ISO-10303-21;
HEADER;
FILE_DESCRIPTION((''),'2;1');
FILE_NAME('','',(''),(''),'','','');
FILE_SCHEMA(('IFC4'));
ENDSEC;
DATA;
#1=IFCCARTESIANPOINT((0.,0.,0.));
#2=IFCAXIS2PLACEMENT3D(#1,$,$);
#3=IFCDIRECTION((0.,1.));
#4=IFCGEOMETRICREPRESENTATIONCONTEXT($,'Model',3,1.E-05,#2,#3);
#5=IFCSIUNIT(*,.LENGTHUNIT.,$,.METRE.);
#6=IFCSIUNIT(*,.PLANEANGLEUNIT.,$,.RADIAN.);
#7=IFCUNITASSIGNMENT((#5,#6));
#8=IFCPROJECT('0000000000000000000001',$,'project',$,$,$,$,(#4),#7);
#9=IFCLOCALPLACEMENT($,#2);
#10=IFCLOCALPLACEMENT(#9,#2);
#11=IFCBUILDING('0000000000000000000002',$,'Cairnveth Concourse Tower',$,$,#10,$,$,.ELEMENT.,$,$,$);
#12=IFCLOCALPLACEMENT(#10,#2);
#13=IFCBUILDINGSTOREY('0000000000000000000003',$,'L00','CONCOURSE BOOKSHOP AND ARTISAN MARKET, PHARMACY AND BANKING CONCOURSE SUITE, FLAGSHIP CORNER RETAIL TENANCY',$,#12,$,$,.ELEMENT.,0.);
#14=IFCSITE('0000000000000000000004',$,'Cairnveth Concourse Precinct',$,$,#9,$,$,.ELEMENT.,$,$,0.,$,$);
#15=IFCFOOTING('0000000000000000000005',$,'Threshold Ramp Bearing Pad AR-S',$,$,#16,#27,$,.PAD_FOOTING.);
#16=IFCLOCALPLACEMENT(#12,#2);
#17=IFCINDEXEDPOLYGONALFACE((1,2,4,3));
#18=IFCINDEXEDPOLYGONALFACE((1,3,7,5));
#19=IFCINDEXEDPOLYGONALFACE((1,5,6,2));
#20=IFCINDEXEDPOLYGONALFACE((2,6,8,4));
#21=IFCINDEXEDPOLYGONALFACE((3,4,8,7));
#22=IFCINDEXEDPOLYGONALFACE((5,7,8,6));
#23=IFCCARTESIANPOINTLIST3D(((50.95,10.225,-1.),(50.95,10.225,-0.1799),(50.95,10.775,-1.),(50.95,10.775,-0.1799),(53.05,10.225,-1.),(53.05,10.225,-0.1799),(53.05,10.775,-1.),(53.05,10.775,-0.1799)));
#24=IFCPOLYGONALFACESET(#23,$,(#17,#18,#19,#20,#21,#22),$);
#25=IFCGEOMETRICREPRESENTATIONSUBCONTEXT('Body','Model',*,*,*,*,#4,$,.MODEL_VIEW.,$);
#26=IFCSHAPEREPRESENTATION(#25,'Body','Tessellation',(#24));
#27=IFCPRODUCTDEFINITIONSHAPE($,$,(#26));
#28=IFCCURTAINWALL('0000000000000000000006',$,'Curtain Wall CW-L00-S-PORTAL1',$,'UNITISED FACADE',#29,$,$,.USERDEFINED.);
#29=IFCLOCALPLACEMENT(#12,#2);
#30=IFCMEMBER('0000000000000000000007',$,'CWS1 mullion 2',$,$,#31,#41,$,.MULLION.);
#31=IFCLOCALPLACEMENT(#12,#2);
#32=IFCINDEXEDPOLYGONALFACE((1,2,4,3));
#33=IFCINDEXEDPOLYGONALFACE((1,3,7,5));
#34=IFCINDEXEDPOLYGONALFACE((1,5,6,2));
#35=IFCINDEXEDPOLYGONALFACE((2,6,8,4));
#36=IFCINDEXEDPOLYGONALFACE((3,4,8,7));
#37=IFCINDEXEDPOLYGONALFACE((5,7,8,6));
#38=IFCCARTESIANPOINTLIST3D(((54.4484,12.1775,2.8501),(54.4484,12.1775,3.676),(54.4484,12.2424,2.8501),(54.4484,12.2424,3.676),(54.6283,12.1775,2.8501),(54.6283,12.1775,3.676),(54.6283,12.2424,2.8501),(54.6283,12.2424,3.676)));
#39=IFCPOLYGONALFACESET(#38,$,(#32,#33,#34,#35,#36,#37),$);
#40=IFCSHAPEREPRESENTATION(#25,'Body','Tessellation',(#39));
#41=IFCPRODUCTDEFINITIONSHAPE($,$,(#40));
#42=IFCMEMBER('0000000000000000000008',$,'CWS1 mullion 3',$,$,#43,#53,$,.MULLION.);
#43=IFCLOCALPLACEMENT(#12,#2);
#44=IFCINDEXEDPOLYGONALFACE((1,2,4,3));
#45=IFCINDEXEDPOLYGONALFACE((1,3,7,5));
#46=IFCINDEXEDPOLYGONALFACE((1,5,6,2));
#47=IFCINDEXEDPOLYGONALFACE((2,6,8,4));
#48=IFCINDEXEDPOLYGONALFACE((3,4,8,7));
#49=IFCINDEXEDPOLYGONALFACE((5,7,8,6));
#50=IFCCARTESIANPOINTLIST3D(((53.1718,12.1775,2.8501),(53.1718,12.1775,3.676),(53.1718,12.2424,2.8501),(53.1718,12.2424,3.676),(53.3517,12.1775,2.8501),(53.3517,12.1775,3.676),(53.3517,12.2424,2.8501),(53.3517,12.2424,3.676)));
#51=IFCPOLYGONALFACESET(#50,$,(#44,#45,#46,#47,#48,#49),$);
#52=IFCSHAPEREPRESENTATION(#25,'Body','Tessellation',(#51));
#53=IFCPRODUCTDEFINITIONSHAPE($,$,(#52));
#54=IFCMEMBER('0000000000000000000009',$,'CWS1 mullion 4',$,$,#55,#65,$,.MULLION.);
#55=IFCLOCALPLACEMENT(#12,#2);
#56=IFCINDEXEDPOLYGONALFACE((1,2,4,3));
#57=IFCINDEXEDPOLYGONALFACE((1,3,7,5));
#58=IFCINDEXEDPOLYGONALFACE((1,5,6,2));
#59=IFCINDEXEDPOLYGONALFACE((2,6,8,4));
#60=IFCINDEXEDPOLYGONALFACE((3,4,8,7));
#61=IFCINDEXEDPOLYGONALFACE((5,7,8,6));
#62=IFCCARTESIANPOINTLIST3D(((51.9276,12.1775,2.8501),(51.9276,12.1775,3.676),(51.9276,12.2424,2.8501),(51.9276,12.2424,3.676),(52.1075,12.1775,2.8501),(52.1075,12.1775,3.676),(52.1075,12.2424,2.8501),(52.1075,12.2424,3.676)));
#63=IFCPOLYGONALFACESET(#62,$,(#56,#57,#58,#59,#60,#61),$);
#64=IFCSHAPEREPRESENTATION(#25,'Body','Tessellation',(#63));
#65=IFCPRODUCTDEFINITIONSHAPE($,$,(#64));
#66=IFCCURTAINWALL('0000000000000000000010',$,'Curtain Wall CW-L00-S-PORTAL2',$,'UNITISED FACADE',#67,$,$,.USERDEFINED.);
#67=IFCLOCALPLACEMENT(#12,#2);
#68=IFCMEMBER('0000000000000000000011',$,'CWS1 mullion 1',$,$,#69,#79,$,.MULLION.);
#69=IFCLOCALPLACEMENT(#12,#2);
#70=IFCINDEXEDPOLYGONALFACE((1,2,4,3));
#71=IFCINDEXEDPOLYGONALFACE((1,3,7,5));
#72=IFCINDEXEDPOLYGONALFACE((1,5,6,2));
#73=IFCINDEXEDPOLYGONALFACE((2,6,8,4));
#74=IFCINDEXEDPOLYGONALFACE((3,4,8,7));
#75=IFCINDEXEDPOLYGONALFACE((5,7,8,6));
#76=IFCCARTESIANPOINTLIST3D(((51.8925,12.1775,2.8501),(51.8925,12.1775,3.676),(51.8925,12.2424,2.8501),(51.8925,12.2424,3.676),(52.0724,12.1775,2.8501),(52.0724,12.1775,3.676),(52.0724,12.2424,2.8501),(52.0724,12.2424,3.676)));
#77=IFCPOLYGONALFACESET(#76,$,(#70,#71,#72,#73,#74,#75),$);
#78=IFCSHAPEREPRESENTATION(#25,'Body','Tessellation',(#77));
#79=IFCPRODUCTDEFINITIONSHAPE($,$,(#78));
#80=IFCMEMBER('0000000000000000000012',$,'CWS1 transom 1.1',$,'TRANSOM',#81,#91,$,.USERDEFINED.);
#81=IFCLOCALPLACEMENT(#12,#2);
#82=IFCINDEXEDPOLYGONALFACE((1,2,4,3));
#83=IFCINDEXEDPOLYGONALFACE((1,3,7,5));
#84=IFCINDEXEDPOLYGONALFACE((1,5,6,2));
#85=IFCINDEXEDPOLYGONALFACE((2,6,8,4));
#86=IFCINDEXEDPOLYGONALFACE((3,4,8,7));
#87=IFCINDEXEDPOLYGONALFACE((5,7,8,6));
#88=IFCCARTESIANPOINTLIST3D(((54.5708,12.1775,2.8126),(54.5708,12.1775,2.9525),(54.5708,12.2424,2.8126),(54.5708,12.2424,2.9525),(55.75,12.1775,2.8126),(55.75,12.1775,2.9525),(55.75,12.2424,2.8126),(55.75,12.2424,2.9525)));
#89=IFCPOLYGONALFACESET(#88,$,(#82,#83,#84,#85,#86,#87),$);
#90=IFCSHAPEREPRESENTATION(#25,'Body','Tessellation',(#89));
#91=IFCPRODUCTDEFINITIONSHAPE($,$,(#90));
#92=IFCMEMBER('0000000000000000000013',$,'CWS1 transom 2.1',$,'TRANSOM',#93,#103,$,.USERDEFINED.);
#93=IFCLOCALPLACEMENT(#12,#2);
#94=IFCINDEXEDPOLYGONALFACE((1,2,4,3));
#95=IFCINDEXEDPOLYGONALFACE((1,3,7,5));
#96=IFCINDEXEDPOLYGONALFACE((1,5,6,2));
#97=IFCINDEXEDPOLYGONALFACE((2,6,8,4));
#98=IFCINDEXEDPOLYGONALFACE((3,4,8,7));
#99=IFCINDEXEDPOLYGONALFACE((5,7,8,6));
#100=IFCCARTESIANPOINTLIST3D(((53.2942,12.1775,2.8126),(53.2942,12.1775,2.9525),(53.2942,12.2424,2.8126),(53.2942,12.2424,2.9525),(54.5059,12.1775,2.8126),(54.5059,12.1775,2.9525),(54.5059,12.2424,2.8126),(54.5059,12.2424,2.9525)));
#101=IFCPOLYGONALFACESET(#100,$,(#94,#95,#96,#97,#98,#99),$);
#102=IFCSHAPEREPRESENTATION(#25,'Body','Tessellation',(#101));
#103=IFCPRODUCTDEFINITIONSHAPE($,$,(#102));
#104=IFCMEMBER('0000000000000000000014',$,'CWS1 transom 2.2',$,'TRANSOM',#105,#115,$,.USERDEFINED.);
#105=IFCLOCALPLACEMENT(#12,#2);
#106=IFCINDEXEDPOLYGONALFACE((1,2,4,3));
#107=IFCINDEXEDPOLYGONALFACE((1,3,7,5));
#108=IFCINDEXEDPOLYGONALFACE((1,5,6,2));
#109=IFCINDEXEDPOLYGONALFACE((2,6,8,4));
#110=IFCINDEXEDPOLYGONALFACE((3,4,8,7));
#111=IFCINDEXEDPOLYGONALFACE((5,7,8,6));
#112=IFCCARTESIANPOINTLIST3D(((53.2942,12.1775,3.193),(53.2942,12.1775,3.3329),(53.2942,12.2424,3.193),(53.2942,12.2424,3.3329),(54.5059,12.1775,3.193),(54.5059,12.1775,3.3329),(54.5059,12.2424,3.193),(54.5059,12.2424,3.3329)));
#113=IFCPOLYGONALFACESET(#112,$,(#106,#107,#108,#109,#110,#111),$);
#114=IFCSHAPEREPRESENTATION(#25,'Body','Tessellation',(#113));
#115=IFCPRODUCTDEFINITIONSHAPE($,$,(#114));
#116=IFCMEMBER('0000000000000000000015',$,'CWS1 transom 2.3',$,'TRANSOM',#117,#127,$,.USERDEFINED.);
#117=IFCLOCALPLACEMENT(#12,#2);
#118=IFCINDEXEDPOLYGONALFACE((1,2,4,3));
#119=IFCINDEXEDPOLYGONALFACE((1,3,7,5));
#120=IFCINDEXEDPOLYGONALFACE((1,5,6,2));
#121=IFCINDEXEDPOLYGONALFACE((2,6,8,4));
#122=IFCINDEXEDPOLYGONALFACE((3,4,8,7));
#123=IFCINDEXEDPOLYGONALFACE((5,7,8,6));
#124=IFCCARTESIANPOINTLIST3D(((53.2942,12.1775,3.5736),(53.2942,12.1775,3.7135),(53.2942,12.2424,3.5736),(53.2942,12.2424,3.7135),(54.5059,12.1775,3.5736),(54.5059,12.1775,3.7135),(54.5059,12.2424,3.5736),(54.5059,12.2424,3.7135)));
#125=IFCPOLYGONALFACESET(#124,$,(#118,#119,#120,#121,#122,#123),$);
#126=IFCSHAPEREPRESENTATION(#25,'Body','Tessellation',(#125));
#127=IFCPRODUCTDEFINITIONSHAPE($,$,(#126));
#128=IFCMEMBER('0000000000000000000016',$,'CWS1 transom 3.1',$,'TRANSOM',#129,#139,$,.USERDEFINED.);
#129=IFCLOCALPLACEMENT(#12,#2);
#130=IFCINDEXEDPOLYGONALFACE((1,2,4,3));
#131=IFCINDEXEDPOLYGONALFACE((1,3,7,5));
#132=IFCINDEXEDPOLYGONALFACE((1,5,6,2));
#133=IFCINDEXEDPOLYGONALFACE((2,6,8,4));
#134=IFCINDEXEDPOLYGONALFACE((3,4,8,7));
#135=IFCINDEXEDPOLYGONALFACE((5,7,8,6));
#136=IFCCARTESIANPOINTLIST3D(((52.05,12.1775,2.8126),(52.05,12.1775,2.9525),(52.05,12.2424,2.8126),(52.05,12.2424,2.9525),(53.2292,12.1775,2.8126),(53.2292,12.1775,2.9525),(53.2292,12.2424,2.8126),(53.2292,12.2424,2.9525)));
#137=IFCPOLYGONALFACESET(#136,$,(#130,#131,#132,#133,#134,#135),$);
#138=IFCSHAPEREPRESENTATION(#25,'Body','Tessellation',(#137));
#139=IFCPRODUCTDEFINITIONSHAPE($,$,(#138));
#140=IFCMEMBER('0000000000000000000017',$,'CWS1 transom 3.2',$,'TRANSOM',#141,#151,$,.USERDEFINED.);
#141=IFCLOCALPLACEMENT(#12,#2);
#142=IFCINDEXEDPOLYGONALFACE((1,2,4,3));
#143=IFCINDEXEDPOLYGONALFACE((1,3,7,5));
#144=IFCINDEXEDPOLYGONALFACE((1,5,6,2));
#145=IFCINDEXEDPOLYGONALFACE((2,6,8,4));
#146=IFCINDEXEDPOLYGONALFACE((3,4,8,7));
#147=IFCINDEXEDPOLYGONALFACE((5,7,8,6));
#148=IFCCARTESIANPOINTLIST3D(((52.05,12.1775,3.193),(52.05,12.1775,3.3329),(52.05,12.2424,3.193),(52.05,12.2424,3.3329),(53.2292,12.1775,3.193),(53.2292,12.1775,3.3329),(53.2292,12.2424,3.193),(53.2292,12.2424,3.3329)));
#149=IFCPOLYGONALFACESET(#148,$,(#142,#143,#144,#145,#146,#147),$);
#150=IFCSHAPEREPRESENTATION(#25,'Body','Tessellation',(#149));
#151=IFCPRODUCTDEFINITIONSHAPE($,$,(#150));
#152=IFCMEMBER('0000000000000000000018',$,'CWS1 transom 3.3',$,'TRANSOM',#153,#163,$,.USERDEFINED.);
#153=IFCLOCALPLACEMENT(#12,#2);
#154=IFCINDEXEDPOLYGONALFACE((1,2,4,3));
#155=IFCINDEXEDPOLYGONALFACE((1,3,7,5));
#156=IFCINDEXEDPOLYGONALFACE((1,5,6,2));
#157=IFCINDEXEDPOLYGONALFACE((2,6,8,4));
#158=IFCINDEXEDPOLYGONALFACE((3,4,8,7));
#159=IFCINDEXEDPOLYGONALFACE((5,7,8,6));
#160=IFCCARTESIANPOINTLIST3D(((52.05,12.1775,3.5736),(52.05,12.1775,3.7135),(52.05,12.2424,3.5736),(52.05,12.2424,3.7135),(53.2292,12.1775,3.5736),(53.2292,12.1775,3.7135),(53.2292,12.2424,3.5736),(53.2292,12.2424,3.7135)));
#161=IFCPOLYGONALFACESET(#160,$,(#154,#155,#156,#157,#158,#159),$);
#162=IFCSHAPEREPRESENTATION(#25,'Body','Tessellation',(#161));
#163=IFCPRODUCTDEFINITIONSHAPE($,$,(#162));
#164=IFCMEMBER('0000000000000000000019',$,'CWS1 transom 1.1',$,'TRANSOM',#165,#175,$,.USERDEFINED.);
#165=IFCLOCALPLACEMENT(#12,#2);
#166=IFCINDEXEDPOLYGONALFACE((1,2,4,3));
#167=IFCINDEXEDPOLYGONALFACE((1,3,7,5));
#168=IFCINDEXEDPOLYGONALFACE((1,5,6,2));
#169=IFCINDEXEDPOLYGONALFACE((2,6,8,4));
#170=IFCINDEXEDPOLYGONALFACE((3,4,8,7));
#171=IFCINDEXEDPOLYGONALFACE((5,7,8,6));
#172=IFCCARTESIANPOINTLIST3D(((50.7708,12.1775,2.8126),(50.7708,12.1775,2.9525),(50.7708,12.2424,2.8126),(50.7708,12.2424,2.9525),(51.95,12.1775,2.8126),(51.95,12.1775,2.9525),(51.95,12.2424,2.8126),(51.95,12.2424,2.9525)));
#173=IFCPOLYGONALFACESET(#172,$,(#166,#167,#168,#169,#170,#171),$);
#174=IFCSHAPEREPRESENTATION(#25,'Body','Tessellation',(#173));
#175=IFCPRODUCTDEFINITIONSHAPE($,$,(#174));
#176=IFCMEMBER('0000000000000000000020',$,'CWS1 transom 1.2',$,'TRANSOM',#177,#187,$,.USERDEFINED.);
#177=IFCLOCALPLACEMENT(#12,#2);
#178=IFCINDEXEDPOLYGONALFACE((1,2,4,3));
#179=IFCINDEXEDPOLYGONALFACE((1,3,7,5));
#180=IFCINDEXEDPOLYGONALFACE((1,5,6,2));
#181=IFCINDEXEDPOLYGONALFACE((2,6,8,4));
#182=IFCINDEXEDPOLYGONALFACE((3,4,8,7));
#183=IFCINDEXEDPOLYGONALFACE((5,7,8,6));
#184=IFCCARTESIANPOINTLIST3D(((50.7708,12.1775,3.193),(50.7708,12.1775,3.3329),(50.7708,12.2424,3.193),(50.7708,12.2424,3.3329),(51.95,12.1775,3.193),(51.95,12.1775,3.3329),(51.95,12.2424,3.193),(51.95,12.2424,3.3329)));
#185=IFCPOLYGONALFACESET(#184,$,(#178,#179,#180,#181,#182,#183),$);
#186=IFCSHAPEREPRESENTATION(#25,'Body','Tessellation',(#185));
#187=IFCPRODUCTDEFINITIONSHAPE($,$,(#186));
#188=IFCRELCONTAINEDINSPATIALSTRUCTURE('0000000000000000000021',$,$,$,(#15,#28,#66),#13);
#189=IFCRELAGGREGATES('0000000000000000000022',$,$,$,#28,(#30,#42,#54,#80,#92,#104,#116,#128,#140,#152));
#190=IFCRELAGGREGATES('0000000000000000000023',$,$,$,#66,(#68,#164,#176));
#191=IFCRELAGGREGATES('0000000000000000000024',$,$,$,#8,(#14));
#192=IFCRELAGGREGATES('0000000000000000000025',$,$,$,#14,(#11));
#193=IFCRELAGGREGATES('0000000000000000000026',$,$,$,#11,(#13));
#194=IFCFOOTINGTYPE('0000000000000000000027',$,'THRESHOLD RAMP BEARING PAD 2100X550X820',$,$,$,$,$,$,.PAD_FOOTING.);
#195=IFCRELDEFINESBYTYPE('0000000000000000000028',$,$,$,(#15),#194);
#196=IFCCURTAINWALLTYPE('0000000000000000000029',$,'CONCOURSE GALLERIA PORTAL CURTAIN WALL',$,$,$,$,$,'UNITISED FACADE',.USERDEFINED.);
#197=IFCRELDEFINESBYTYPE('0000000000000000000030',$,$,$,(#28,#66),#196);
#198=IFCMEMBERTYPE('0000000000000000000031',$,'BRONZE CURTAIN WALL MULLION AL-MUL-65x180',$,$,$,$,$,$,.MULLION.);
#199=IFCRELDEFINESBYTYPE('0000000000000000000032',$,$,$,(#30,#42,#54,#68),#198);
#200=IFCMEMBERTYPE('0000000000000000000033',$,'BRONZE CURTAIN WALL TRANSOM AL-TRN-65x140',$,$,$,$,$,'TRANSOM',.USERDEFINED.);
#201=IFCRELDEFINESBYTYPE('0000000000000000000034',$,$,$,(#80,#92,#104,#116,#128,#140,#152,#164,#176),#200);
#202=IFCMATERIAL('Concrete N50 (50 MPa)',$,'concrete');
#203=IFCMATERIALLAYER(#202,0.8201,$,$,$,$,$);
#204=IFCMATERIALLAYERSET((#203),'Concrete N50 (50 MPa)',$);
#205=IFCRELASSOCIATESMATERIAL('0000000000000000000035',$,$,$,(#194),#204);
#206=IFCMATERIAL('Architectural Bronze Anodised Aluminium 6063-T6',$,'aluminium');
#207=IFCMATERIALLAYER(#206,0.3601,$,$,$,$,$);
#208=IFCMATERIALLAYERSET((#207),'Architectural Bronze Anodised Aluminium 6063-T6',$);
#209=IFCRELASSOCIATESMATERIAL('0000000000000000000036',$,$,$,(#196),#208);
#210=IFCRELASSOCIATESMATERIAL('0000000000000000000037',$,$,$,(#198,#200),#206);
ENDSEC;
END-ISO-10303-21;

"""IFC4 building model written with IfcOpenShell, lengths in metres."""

from ifc_helpers import new_model, si_unit, direction, frame, origin, origin_2d, place, context, subcontext, project, spatial, rectangle, extrude, material, layer, layer_set, material_profile, profile_set, type_object, element, aggregate, save


model = new_model("IFC4")

# Units and contexts
model_context = context("Model", 3, precision=1e-05, world=origin(), true_north=direction((0.0, 1.0)))
body_context = subcontext(model_context, "Body", "Model", "MODEL_VIEW")
ifc_project = project(units=[si_unit("LENGTHUNIT", "METRE"), si_unit("PLANEANGLEUNIT", "RADIAN")], contexts=[model_context])

# Site, building, storey
site_placement = place(None, origin())
site = spatial("IfcSite", under=ifc_project, at=site_placement, Name="Cairnveth Concourse Precinct", CompositionType="ELEMENT", RefElevation=0.0)
building_placement = place(site_placement, origin())
building = spatial("IfcBuilding", under=site, at=building_placement, Name="Cairnveth Concourse Tower", CompositionType="ELEMENT")
storey_placement = place(building_placement, origin())
storey = spatial("IfcBuildingStorey", under=building, at=storey_placement, Name="L00", Description="CONCOURSE BOOKSHOP AND ARTISAN MARKET, PHARMACY AND BANKING CONCOURSE SUITE, FLAGSHIP CORNER RETAIL TENANCY", CompositionType="ELEMENT", Elevation=0.0)

# Footing
ifc_material_1 = material(Name="Concrete N50 (50 MPa)", Category="concrete")
ifc_layer_1 = layer(ifc_material_1, 0.8201)
ifc_layer_set_1 = layer_set([ifc_layer_1], Name="Concrete N50 (50 MPa)")
footing_type = type_object("IfcFootingType", Name="THRESHOLD RAMP BEARING PAD 2100X550X820", PredefinedType="PAD_FOOTING", material=ifc_layer_set_1)
footing_placement = place(storey_placement, frame((52.0, 10.5, -1.0), z_axis=(0.0, 0.0, 1.0), x_axis=(1.0, 0.0, 0.0)))
element("IfcFooting", 1, at=footing_placement, inside=storey, type_object=footing_type, Name="Threshold Ramp Bearing Pad AR-S", PredefinedType="PAD_FOOTING", context=body_context, shape_type="SweptSolid", body=[
    extrude(rectangle(XDim=2.1001, YDim=0.55, at=origin_2d()), origin(), (0.0, 0.0, 1.0), 0.8201),
])

# Curtain wall, members
ifc_material_2 = material(Name="Architectural Bronze Anodised Aluminium 6063-T6", Category="aluminium")
ifc_layer_2 = layer(ifc_material_2, 0.3601)
ifc_layer_set_2 = layer_set([ifc_layer_2], Name="Architectural Bronze Anodised Aluminium 6063-T6")
curtain_wall_type = type_object("IfcCurtainWallType", Name="CONCOURSE GALLERIA PORTAL CURTAIN WALL", ElementType="UNITISED FACADE", PredefinedType="USERDEFINED", material=ifc_layer_set_2)
curtain_wall_1_placement = place(storey_placement, origin())
curtain_wall_1 = element("IfcCurtainWall", 2, at=curtain_wall_1_placement, inside=storey, type_object=curtain_wall_type, Name="Curtain Wall CW-L00-S-PORTAL1", ObjectType="UNITISED FACADE", PredefinedType="USERDEFINED")
ifc_material_profile_1 = material_profile(ifc_material_2, rectangle(XDim=0.0649, YDim=0.1799, at=origin_2d()), Name="AL-MUL-65x180")
ifc_profile_set_1 = profile_set([ifc_material_profile_1], Name="Architectural Bronze Anodised Aluminium 6063-T6")
member_type_1 = type_object("IfcMemberType", Name="BRONZE CURTAIN WALL MULLION AL-MUL-65x180", PredefinedType="MULLION", material=ifc_profile_set_1)
member_1_placement = place(storey_placement, frame((54.5383, 12.21, 2.8501), z_axis=(0.0, 0.0, 1.0), x_axis=(0.0, -1.0, 0.0)))
member_1 = element("IfcMember", 3, at=member_1_placement, type_object=member_type_1, Name="CWS1 mullion 2", PredefinedType="MULLION", context=body_context, shape_type="SweptSolid", body=[
    extrude(rectangle(XDim=0.0649, YDim=0.1799, at=origin_2d()), origin(), (0.0, 0.0, 1.0), 0.8259),
])
member_2_placement = place(storey_placement, frame((53.2617, 12.21, 2.8501), z_axis=(0.0, 0.0, 1.0), x_axis=(0.0, -1.0, 0.0)))
member_2 = element("IfcMember", 4, at=member_2_placement, type_object=member_type_1, Name="CWS1 mullion 3", PredefinedType="MULLION", context=body_context, shape_type="SweptSolid", body=[
    extrude(rectangle(XDim=0.0649, YDim=0.1799, at=origin_2d()), origin(), (0.0, 0.0, 1.0), 0.8259),
])
member_3_placement = place(storey_placement, frame((52.0176, 12.21, 2.8501), z_axis=(0.0, 0.0, 1.0), x_axis=(0.0, -1.0, 0.0)))
member_3 = element("IfcMember", 5, at=member_3_placement, type_object=member_type_1, Name="CWS1 mullion 4", PredefinedType="MULLION", context=body_context, shape_type="SweptSolid", body=[
    extrude(rectangle(XDim=0.0649, YDim=0.1799, at=origin_2d()), origin(), (0.0, 0.0, 1.0), 0.8259),
])

# Curtain wall, member
curtain_wall_2_placement = place(storey_placement, origin())
curtain_wall_2 = element("IfcCurtainWall", 6, at=curtain_wall_2_placement, inside=storey, type_object=curtain_wall_type, Name="Curtain Wall CW-L00-S-PORTAL2", ObjectType="UNITISED FACADE", PredefinedType="USERDEFINED")
member_4_placement = place(storey_placement, frame((51.9824, 12.21, 2.8501), z_axis=(0.0, 0.0, 1.0), x_axis=(0.0, -1.0, 0.0)))
member_4 = element("IfcMember", 7, at=member_4_placement, type_object=member_type_1, Name="CWS1 mullion 1", PredefinedType="MULLION", context=body_context, shape_type="SweptSolid", body=[
    extrude(rectangle(XDim=0.0649, YDim=0.1799, at=origin_2d()), origin(), (0.0, 0.0, 1.0), 0.8259),
])

# Members
ifc_material_profile_2 = material_profile(ifc_material_2, rectangle(XDim=0.0649, YDim=0.1399, at=origin_2d()), Name="AL-TRN-65x140")
ifc_profile_set_2 = profile_set([ifc_material_profile_2], Name="Architectural Bronze Anodised Aluminium 6063-T6")
member_type_2 = type_object("IfcMemberType", Name="BRONZE CURTAIN WALL TRANSOM AL-TRN-65x140", ElementType="TRANSOM", PredefinedType="USERDEFINED", material=ifc_profile_set_2)
member_5_placement = place(storey_placement, frame((55.75, 12.21, 2.8826), z_axis=(-1.0, 0.0, 0.0), x_axis=(0.0, -1.0, 0.0)))
member_5 = element("IfcMember", 8, at=member_5_placement, type_object=member_type_2, Name="CWS1 transom 1.1", ObjectType="TRANSOM", PredefinedType="USERDEFINED", context=body_context, shape_type="SweptSolid", body=[
    extrude(rectangle(XDim=0.0649, YDim=0.1399, at=origin_2d()), origin(), (0.0, 0.0, 1.0), 1.1792),
])
member_6_placement = place(storey_placement, frame((54.5059, 12.21, 2.8826), z_axis=(-1.0, 0.0, 0.0), x_axis=(0.0, -1.0, 0.0)))
member_6 = element("IfcMember", 9, at=member_6_placement, type_object=member_type_2, Name="CWS1 transom 2.1", ObjectType="TRANSOM", PredefinedType="USERDEFINED", context=body_context, shape_type="SweptSolid", body=[
    extrude(rectangle(XDim=0.0649, YDim=0.1399, at=origin_2d()), origin(), (0.0, 0.0, 1.0), 1.2117),
])
member_7_placement = place(storey_placement, frame((54.5059, 12.21, 3.2629), z_axis=(-1.0, 0.0, 0.0), x_axis=(0.0, -1.0, 0.0)))
member_7 = element("IfcMember", 10, at=member_7_placement, type_object=member_type_2, Name="CWS1 transom 2.2", ObjectType="TRANSOM", PredefinedType="USERDEFINED", context=body_context, shape_type="SweptSolid", body=[
    extrude(rectangle(XDim=0.0649, YDim=0.1399, at=origin_2d()), origin(), (0.0, 0.0, 1.0), 1.2117),
])
member_8_placement = place(storey_placement, frame((54.5059, 12.21, 3.6436), z_axis=(-1.0, 0.0, 0.0), x_axis=(0.0, -1.0, 0.0)))
member_8 = element("IfcMember", 11, at=member_8_placement, type_object=member_type_2, Name="CWS1 transom 2.3", ObjectType="TRANSOM", PredefinedType="USERDEFINED", context=body_context, shape_type="SweptSolid", body=[
    extrude(rectangle(XDim=0.0649, YDim=0.1399, at=origin_2d()), origin(), (0.0, 0.0, 1.0), 1.2117),
])
member_9_placement = place(storey_placement, frame((53.2292, 12.21, 2.8826), z_axis=(-1.0, 0.0, 0.0), x_axis=(0.0, -1.0, 0.0)))
member_9 = element("IfcMember", 12, at=member_9_placement, type_object=member_type_2, Name="CWS1 transom 3.1", ObjectType="TRANSOM", PredefinedType="USERDEFINED", context=body_context, shape_type="SweptSolid", body=[
    extrude(rectangle(XDim=0.0649, YDim=0.1399, at=origin_2d()), origin(), (0.0, 0.0, 1.0), 1.1792),
])
member_10_placement = place(storey_placement, frame((53.2292, 12.21, 3.2629), z_axis=(-1.0, 0.0, 0.0), x_axis=(0.0, -1.0, 0.0)))
member_10 = element("IfcMember", 13, at=member_10_placement, type_object=member_type_2, Name="CWS1 transom 3.2", ObjectType="TRANSOM", PredefinedType="USERDEFINED", context=body_context, shape_type="SweptSolid", body=[
    extrude(rectangle(XDim=0.0649, YDim=0.1399, at=origin_2d()), origin(), (0.0, 0.0, 1.0), 1.1792),
])
member_11_placement = place(storey_placement, frame((53.2292, 12.21, 3.6436), z_axis=(-1.0, 0.0, 0.0), x_axis=(0.0, -1.0, 0.0)))
member_11 = element("IfcMember", 14, at=member_11_placement, type_object=member_type_2, Name="CWS1 transom 3.3", ObjectType="TRANSOM", PredefinedType="USERDEFINED", context=body_context, shape_type="SweptSolid", body=[
    extrude(rectangle(XDim=0.0649, YDim=0.1399, at=origin_2d()), origin(), (0.0, 0.0, 1.0), 1.1792),
])
member_12_placement = place(storey_placement, frame((51.95, 12.21, 2.8826), z_axis=(-1.0, 0.0, 0.0), x_axis=(0.0, -1.0, 0.0)))
member_12 = element("IfcMember", 15, at=member_12_placement, type_object=member_type_2, Name="CWS1 transom 1.1", ObjectType="TRANSOM", PredefinedType="USERDEFINED", context=body_context, shape_type="SweptSolid", body=[
    extrude(rectangle(XDim=0.0649, YDim=0.1399, at=origin_2d()), origin(), (0.0, 0.0, 1.0), 1.1792),
])
member_13_placement = place(storey_placement, frame((51.95, 12.21, 3.2629), z_axis=(-1.0, 0.0, 0.0), x_axis=(0.0, -1.0, 0.0)))
member_13 = element("IfcMember", 16, at=member_13_placement, type_object=member_type_2, Name="CWS1 transom 1.2", ObjectType="TRANSOM", PredefinedType="USERDEFINED", context=body_context, shape_type="SweptSolid", body=[
    extrude(rectangle(XDim=0.0649, YDim=0.1399, at=origin_2d()), origin(), (0.0, 0.0, 1.0), 1.1792),
])

aggregate(curtain_wall_1, [member_1, member_2, member_3, member_5, member_6, member_7, member_8, member_9, member_10, member_11])
aggregate(curtain_wall_2, [member_4, member_12, member_13])

save(model, "model.ifc")
